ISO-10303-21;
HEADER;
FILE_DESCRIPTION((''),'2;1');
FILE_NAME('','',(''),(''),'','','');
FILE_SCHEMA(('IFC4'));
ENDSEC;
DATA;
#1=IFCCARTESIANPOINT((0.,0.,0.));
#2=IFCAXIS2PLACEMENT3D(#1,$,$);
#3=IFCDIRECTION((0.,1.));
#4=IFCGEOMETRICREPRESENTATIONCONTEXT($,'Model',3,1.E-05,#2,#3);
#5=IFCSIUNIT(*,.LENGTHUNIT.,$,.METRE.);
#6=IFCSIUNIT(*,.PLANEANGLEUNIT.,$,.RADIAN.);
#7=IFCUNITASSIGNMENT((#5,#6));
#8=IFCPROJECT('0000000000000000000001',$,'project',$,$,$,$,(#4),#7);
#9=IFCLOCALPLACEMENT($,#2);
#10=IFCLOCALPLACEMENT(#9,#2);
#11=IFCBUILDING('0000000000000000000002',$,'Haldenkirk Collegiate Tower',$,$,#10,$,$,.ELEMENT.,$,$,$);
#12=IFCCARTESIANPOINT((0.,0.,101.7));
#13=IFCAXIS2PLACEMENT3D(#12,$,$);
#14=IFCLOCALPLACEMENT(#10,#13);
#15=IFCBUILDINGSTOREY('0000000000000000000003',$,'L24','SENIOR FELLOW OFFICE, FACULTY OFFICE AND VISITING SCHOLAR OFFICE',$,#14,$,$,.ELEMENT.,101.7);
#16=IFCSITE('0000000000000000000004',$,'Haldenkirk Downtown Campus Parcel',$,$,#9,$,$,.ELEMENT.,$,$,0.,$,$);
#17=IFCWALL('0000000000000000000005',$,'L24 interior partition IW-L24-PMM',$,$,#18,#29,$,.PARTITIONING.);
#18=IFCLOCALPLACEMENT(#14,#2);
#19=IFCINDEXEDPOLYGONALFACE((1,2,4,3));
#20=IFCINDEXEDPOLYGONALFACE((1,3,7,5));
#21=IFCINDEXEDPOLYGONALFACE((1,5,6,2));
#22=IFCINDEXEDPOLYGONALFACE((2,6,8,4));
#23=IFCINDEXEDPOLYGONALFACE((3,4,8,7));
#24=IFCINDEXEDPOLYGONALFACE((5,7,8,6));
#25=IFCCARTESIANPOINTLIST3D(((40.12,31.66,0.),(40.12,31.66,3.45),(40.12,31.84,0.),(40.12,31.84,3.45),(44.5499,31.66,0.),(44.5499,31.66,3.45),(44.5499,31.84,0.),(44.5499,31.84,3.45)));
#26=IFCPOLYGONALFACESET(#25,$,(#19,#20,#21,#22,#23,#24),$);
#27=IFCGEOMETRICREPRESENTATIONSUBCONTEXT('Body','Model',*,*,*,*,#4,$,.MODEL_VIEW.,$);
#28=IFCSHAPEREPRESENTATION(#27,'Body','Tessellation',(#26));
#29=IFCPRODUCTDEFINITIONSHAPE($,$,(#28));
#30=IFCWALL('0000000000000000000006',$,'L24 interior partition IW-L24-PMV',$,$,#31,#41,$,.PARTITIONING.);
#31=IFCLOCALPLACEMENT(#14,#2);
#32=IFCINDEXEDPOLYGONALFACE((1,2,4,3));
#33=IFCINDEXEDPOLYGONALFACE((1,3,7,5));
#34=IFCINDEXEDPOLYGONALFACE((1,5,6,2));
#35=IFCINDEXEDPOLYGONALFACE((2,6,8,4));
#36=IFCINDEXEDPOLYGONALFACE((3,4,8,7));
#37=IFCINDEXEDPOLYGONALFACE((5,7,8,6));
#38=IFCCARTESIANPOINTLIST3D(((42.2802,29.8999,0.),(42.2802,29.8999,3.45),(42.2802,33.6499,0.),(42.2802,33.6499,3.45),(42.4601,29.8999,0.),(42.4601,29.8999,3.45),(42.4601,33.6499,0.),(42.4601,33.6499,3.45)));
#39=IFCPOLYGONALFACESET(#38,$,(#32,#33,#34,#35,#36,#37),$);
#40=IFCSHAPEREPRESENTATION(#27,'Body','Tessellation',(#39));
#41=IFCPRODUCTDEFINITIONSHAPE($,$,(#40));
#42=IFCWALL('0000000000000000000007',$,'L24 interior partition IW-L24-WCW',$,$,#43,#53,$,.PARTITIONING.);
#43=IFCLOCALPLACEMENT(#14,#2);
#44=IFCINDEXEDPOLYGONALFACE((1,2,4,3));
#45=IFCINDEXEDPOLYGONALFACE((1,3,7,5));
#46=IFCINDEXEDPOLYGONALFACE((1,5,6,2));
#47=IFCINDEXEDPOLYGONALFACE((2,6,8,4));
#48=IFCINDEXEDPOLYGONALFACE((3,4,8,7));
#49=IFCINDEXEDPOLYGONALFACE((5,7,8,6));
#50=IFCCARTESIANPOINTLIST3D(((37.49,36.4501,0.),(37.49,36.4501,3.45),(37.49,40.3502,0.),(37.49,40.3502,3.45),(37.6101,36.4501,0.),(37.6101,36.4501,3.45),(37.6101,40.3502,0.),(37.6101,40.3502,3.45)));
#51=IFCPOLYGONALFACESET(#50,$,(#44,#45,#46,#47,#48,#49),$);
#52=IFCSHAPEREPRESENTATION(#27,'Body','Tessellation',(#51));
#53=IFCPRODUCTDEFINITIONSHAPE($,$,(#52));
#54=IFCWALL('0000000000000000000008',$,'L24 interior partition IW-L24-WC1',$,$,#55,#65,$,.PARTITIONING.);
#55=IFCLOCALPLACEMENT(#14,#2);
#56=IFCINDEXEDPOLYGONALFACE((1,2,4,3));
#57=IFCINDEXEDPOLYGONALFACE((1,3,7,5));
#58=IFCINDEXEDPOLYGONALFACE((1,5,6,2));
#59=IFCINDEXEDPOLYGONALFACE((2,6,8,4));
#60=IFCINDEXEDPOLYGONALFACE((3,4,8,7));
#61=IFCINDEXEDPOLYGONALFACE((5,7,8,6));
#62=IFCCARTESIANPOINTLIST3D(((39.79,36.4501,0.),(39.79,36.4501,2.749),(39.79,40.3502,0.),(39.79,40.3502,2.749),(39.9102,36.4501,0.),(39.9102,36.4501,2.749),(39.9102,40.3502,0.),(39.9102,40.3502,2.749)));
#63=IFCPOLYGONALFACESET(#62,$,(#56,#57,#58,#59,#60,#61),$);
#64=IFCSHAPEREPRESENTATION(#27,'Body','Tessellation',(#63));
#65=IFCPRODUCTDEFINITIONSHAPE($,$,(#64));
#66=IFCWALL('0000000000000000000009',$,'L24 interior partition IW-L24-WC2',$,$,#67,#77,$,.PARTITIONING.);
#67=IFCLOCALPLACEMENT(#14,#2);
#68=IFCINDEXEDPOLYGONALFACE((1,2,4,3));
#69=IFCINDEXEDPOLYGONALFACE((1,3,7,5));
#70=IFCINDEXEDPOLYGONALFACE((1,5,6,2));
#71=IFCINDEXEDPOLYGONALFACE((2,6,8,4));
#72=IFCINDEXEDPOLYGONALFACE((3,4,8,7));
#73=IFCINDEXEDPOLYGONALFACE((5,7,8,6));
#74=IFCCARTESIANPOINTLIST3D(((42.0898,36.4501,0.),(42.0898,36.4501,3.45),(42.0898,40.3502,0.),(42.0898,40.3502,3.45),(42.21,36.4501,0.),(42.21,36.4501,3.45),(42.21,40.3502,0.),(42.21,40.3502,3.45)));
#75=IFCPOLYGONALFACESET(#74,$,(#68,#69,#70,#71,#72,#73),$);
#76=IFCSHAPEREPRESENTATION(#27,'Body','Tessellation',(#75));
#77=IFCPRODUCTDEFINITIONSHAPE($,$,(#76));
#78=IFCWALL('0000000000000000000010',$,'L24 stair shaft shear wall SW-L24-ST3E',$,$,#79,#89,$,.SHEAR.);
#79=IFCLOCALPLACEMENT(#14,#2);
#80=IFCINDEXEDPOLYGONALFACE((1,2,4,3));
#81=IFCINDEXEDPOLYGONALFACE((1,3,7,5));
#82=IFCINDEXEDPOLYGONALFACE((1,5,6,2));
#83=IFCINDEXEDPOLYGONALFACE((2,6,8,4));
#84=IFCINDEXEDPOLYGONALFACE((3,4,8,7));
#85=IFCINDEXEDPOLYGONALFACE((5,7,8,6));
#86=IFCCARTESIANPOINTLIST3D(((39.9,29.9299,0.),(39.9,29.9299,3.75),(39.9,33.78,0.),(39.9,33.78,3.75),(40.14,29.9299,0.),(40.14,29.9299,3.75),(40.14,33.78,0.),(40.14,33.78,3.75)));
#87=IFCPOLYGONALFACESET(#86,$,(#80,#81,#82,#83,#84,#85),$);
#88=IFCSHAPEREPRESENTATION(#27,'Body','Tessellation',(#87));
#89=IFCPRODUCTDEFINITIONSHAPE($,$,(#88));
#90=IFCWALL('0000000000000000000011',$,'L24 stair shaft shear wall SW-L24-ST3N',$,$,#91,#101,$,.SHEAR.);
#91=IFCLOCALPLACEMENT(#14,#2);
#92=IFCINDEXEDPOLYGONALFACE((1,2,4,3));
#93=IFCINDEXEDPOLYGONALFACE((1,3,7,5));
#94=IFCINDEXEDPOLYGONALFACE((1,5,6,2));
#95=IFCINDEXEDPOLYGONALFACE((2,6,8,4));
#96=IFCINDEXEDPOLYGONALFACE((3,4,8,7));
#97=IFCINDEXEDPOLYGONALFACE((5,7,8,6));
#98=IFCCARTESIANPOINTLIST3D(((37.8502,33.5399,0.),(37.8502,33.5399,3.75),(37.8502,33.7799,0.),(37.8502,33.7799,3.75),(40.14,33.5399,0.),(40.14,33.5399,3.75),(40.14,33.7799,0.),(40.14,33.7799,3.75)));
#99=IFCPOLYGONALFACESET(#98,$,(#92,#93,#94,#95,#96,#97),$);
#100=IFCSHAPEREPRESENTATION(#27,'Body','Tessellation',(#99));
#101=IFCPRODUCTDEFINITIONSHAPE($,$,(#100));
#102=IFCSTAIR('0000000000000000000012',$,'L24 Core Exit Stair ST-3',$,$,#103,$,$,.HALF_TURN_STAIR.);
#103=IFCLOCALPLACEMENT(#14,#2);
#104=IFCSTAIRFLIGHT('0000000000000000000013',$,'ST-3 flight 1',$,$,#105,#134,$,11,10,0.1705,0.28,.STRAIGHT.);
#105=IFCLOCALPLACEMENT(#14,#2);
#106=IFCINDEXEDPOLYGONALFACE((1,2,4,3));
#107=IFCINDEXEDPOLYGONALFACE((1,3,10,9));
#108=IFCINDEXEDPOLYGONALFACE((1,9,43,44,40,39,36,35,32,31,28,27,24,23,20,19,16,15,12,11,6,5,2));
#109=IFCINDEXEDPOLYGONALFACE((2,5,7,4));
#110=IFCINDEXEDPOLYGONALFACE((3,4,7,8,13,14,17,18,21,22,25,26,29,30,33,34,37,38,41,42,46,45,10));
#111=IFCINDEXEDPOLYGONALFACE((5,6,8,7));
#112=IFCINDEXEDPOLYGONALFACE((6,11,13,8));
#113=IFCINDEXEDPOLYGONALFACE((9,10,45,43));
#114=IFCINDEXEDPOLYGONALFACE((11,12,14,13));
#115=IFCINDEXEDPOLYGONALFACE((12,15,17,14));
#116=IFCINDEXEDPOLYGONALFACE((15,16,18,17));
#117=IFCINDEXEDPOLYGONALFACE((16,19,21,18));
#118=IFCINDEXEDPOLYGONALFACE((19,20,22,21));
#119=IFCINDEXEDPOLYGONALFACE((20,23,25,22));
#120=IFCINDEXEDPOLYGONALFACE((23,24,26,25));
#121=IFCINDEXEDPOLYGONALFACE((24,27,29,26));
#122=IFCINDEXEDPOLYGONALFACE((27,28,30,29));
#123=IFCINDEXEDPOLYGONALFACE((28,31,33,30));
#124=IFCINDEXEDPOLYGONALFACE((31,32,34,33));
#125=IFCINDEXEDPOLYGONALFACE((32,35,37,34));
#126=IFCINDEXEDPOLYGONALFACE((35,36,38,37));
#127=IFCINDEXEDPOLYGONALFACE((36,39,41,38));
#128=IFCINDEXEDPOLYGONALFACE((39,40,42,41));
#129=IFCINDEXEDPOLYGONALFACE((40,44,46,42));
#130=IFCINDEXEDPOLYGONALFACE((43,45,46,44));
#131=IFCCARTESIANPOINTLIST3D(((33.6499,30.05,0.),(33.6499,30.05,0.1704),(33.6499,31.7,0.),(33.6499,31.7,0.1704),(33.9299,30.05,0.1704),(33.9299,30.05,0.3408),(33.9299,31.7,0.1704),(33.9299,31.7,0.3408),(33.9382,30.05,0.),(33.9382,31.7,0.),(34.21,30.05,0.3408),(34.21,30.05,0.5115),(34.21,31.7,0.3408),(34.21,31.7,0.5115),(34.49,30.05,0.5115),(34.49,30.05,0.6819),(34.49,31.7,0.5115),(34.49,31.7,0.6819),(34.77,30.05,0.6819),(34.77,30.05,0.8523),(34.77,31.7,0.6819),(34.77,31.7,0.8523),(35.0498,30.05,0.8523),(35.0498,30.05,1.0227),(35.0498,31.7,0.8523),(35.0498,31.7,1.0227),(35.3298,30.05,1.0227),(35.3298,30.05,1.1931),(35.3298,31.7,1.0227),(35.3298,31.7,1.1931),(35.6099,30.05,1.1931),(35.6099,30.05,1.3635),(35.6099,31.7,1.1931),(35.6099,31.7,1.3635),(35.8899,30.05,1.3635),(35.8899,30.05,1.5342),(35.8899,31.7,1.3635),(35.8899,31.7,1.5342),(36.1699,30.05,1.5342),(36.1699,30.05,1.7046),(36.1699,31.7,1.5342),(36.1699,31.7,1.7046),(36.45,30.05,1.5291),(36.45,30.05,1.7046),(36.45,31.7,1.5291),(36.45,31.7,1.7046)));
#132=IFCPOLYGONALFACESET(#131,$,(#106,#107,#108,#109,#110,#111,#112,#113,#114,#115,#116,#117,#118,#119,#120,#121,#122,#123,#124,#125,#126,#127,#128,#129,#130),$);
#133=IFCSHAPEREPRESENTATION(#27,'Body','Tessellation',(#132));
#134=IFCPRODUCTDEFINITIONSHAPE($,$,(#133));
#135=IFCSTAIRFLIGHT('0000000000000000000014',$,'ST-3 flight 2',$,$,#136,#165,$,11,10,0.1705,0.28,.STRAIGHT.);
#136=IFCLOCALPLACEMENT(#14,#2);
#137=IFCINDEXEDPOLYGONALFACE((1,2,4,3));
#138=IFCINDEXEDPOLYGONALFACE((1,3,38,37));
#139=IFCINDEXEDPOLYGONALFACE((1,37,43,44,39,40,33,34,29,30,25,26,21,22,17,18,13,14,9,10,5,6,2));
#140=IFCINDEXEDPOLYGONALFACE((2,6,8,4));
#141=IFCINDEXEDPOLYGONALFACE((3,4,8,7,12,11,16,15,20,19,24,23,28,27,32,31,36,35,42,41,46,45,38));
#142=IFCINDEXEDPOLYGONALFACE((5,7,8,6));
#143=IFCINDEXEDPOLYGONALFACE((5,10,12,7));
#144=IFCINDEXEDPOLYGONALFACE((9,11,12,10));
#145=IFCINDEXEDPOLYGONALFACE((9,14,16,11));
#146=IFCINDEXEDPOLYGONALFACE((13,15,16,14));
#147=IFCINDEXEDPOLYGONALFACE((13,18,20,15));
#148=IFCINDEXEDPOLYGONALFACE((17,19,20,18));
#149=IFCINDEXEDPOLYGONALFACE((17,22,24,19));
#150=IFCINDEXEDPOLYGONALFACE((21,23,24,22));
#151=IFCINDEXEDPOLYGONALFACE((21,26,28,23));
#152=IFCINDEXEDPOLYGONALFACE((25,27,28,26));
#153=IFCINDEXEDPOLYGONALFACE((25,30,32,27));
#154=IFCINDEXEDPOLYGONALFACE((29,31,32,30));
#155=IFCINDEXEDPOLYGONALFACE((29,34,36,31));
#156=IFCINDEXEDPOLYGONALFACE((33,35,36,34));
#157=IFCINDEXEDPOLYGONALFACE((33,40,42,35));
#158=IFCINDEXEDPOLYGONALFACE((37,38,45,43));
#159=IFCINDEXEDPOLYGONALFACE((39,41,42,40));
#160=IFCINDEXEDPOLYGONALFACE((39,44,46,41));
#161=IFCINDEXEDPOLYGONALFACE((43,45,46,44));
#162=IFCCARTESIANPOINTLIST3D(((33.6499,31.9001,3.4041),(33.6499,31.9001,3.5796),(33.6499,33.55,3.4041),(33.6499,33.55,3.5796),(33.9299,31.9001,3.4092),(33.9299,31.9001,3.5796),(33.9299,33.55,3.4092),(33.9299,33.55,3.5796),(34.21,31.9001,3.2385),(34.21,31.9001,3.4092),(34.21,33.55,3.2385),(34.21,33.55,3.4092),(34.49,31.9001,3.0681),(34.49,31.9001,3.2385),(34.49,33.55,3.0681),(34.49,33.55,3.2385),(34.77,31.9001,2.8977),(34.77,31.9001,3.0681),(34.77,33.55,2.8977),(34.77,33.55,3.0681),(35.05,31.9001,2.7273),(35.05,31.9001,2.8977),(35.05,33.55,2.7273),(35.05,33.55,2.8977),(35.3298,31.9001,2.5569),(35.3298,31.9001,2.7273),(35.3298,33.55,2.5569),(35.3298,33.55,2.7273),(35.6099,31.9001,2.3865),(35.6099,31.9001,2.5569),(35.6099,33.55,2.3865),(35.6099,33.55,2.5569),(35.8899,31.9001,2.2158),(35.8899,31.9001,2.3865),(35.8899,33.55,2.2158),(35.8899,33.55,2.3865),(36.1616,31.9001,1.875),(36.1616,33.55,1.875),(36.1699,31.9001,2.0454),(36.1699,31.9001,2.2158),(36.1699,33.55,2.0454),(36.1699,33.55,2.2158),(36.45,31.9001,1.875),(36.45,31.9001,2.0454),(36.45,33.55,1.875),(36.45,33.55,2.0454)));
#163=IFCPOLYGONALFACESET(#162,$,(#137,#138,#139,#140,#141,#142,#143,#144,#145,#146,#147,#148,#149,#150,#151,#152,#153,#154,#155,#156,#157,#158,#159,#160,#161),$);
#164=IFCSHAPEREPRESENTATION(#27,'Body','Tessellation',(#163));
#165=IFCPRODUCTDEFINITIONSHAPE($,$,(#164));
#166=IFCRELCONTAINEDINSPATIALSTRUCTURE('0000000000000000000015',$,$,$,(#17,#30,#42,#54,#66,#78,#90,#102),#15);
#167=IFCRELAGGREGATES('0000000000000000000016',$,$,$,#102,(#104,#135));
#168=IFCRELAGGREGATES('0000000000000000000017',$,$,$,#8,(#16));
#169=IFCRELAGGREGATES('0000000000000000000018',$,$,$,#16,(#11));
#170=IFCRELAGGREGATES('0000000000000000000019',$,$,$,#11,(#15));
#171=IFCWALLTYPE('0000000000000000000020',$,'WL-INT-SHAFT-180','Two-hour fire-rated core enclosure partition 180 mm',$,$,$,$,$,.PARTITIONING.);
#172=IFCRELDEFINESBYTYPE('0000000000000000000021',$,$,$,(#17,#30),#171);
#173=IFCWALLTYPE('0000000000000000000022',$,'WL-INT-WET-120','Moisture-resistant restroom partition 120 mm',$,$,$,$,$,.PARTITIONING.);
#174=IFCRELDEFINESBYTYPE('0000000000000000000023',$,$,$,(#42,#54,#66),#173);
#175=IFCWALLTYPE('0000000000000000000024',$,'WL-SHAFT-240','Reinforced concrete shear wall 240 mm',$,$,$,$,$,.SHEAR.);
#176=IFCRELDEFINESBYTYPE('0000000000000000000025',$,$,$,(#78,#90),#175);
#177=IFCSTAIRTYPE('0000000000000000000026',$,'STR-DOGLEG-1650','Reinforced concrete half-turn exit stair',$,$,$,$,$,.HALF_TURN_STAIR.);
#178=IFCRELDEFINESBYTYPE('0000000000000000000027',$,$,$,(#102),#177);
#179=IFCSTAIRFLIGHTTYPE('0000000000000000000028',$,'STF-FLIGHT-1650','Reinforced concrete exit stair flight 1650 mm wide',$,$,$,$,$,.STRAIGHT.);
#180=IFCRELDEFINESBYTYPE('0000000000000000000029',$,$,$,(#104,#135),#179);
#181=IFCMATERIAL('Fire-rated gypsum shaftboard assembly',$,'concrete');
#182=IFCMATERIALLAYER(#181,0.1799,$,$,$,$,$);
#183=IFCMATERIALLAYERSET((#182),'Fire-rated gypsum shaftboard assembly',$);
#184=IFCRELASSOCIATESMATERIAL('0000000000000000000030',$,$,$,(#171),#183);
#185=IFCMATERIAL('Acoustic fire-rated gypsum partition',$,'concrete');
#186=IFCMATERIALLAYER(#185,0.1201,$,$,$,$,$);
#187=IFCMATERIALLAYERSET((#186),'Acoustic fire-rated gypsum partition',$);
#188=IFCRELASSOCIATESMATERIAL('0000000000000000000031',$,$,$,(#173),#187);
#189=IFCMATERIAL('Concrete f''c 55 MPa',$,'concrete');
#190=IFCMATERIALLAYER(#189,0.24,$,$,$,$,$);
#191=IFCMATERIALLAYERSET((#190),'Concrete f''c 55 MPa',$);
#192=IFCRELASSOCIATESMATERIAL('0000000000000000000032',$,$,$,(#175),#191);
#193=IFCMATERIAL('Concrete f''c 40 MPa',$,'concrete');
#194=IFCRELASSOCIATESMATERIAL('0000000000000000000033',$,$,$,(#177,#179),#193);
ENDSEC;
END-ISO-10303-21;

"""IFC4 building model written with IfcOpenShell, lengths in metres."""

from ifc_helpers import new_model, si_unit, direction, frame, frame_2d, origin, place, context, subcontext, project, spatial, polyline, rectangle, outline, extrude, material, layer, layer_set, type_object, element, aggregate, save


model = new_model("IFC4")

# Units and contexts
model_context = context("Model", 3, precision=1e-05, world=origin(), true_north=direction((0.0, 1.0)))
body_context = subcontext(model_context, "Body", "Model", "MODEL_VIEW")
ifc_project = project(units=[si_unit("LENGTHUNIT", "METRE"), si_unit("PLANEANGLEUNIT", "RADIAN")], contexts=[model_context])

# Site, building, storey
site_placement = place(None, origin())
site = spatial("IfcSite", under=ifc_project, at=site_placement, Name="Haldenkirk Downtown Campus Parcel", CompositionType="ELEMENT", RefElevation=0.0)
building_placement = place(site_placement, origin())
building = spatial("IfcBuilding", under=site, at=building_placement, Name="Haldenkirk Collegiate Tower", CompositionType="ELEMENT")
storey_placement = place(building_placement, frame((0.0, 0.0, 101.7)))
storey = spatial("IfcBuildingStorey", under=building, at=storey_placement, Name="L24", Description="SENIOR FELLOW OFFICE, FACULTY OFFICE AND VISITING SCHOLAR OFFICE", CompositionType="ELEMENT", Elevation=101.7)

# Shared definitions
ifc_material_1 = material(Name="Acoustic fire-rated gypsum partition", Category="concrete")
ifc_material_2 = material(Name="Fire-rated gypsum shaftboard assembly", Category="concrete")
ifc_layer_1 = layer(ifc_material_2, 0.1799)
ifc_layer_set_1 = layer_set([ifc_layer_1], Name="Fire-rated gypsum shaftboard assembly")
wall_type_1 = type_object("IfcWallType", Name="WL-INT-SHAFT-180", Description="Two-hour fire-rated core enclosure partition 180 mm", PredefinedType="PARTITIONING", material=ifc_layer_set_1)

# Walls
wall_1_placement = place(storey_placement, frame((40.1201, 31.75, 0.0), z_axis=(0.0, 0.0, 1.0), x_axis=(1.0, 0.0, 0.0)))
element("IfcWall", 1, at=wall_1_placement, inside=storey, type_object=wall_type_1, Name="L24 interior partition IW-L24-PMM", PredefinedType="PARTITIONING", context=body_context, shape_type="SweptSolid", body=[
    extrude(rectangle(XDim=4.4299, YDim=0.1799, at=frame_2d((2.2148, 0.0))), origin(), (0.0, 0.0, 1.0), 3.45),
])
wall_2_placement = place(storey_placement, frame((42.3701, 29.8999, 0.0), z_axis=(0.0, 0.0, 1.0), x_axis=(0.0, 1.0, 0.0)))
element("IfcWall", 2, at=wall_2_placement, inside=storey, type_object=wall_type_1, Name="L24 interior partition IW-L24-PMV", PredefinedType="PARTITIONING", context=body_context, shape_type="SweptSolid", body=[
    extrude(rectangle(XDim=3.75, YDim=0.1799, at=frame_2d((1.875, 0.0))), origin(), (0.0, 0.0, 1.0), 3.45),
])
ifc_layer_2 = layer(ifc_material_1, 0.1201)
ifc_layer_set_2 = layer_set([ifc_layer_2], Name="Acoustic fire-rated gypsum partition")
wall_type_2 = type_object("IfcWallType", Name="WL-INT-WET-120", Description="Moisture-resistant restroom partition 120 mm", PredefinedType="PARTITIONING", material=ifc_layer_set_2)
wall_3_placement = place(storey_placement, frame((37.55, 36.45, 0.0), z_axis=(0.0, 0.0, 1.0), x_axis=(0.0, 1.0, 0.0)))
element("IfcWall", 3, at=wall_3_placement, inside=storey, type_object=wall_type_2, Name="L24 interior partition IW-L24-WCW", PredefinedType="PARTITIONING", context=body_context, shape_type="SweptSolid", body=[
    extrude(rectangle(XDim=3.9001, YDim=0.1201, at=frame_2d((1.9502, 0.0))), origin(), (0.0, 0.0, 1.0), 3.45),
])
wall_4_placement = place(storey_placement, frame((39.8501, 36.45, 0.0), z_axis=(0.0, 0.0, 1.0), x_axis=(0.0, 1.0, 0.0)))
element("IfcWall", 4, at=wall_4_placement, inside=storey, type_object=wall_type_2, Name="L24 interior partition IW-L24-WC1", PredefinedType="PARTITIONING", context=body_context, shape_type="SweptSolid", body=[
    extrude(rectangle(XDim=3.9001, YDim=0.1201, at=frame_2d((1.9502, 0.0))), origin(), (0.0, 0.0, 1.0), 2.749),
])
wall_5_placement = place(storey_placement, frame((42.1499, 36.45, 0.0), z_axis=(0.0, 0.0, 1.0), x_axis=(0.0, 1.0, 0.0)))
element("IfcWall", 5, at=wall_5_placement, inside=storey, type_object=wall_type_2, Name="L24 interior partition IW-L24-WC2", PredefinedType="PARTITIONING", context=body_context, shape_type="SweptSolid", body=[
    extrude(rectangle(XDim=3.9001, YDim=0.1201, at=frame_2d((1.9502, 0.0))), origin(), (0.0, 0.0, 1.0), 3.45),
])
ifc_material_3 = material(Name="Concrete f'c 55 MPa", Category="concrete")
ifc_layer_3 = layer(ifc_material_3, 0.24)
ifc_layer_set_3 = layer_set([ifc_layer_3], Name="Concrete f'c 55 MPa")
wall_type_3 = type_object("IfcWallType", Name="WL-SHAFT-240", Description="Reinforced concrete shear wall 240 mm", PredefinedType="SHEAR", material=ifc_layer_set_3)
wall_6_placement = place(storey_placement, frame((40.02, 29.9299, 0.0), z_axis=(0.0, 0.0, 1.0), x_axis=(0.0, 1.0, 0.0)))
element("IfcWall", 6, at=wall_6_placement, inside=storey, type_object=wall_type_3, Name="L24 stair shaft shear wall SW-L24-ST3E", PredefinedType="SHEAR", context=body_context, shape_type="SweptSolid", body=[
    extrude(rectangle(XDim=3.8501, YDim=0.24, at=frame_2d((1.925, 0.0))), origin(), (0.0, 0.0, 1.0), 3.75),
])
wall_7_placement = place(storey_placement, frame((37.8501, 33.6599, 0.0), z_axis=(0.0, 0.0, 1.0), x_axis=(1.0, 0.0, 0.0)))
element("IfcWall", 7, at=wall_7_placement, inside=storey, type_object=wall_type_3, Name="L24 stair shaft shear wall SW-L24-ST3N", PredefinedType="SHEAR", context=body_context, shape_type="SweptSolid", body=[
    extrude(rectangle(XDim=2.2898, YDim=0.24, at=frame_2d((1.145, 0.0))), origin(), (0.0, 0.0, 1.0), 3.75),
])

# Stair, stair flights
ifc_material_4 = material(Name="Concrete f'c 40 MPa", Category="concrete")
stair_type = type_object("IfcStairType", Name="STR-DOGLEG-1650", Description="Reinforced concrete half-turn exit stair", PredefinedType="HALF_TURN_STAIR", material=ifc_material_4)
stair_placement = place(storey_placement, origin())
stair = element("IfcStair", 8, at=stair_placement, inside=storey, type_object=stair_type, Name="L24 Core Exit Stair ST-3", PredefinedType="HALF_TURN_STAIR")
stair_flight_type = type_object("IfcStairFlightType", Name="STF-FLIGHT-1650", Description="Reinforced concrete exit stair flight 1650 mm wide", PredefinedType="STRAIGHT", material=ifc_material_4)
stair_flight_1_placement = place(storey_placement, frame((33.6499, 30.875, 0.0), z_axis=(0.0, 0.0, 1.0), x_axis=(1.0, 0.0, 0.0)))
stair_flight_1 = element("IfcStairFlight", 9, at=stair_flight_1_placement, type_object=stair_flight_type, Name="ST-3 flight 1", NumberOfRisers=11, NumberOfTreads=10, PredefinedType="STRAIGHT", RiserHeight=0.1705, TreadLength=0.28, context=body_context, shape_type="SweptSolid", body=[
    extrude(outline(polyline([(0.0, 0.0), (0.0, 0.1704), (0.28, 0.1704), (0.28, 0.3408), (0.5601, 0.3408), (0.5601, 0.5115), (0.8401, 0.5115), (0.8401, 0.6819), (1.1201, 0.6819), (1.1201, 0.8523), (1.3999, 0.8523), (1.3999, 1.0227), (1.6799, 1.0227), (1.6799, 1.1931), (1.96, 1.1931), (1.96, 1.3635), (2.24, 1.3635), (2.24, 1.5342), (2.52, 1.5342), (2.52, 1.7046), (2.8, 1.7046), (2.8, 1.875), (2.8, 1.5291), (0.2883, 0.0), (0.0, 0.0)])), frame((0.0, 0.825, 0.0), z_axis=(0.0, -1.0, 0.0), x_axis=(1.0, 0.0, 0.0)), (0.0, 0.0, 1.0), 1.6499),
])
stair_flight_2_placement = place(storey_placement, frame((36.45, 32.7251, 1.875), z_axis=(0.0, 0.0, 1.0), x_axis=(-1.0, 0.0, 0.0)))
stair_flight_2 = element("IfcStairFlight", 10, at=stair_flight_2_placement, type_object=stair_flight_type, Name="ST-3 flight 2", NumberOfRisers=11, NumberOfTreads=10, PredefinedType="STRAIGHT", RiserHeight=0.1705, TreadLength=0.28, context=body_context, shape_type="SweptSolid", body=[
    extrude(outline(polyline([(0.0, 0.0), (0.0, 0.1704), (0.28, 0.1704), (0.28, 0.3408), (0.5601, 0.3408), (0.5601, 0.5115), (0.8401, 0.5115), (0.8401, 0.6819), (1.1201, 0.6819), (1.1201, 0.8523), (1.3999, 0.8523), (1.3999, 1.0227), (1.6799, 1.0227), (1.6799, 1.1931), (1.96, 1.1931), (1.96, 1.3635), (2.24, 1.3635), (2.24, 1.5342), (2.52, 1.5342), (2.52, 1.7046), (2.8, 1.7046), (2.8, 1.875), (2.8, 1.5291), (0.2883, 0.0), (0.0, 0.0)])), frame((0.0, 0.825, 0.0), z_axis=(0.0, -1.0, 0.0), x_axis=(1.0, 0.0, 0.0)), (0.0, 0.0, 1.0), 1.6499),
])
aggregate(stair, [stair_flight_1, stair_flight_2])

save(model, "model.ifc")
